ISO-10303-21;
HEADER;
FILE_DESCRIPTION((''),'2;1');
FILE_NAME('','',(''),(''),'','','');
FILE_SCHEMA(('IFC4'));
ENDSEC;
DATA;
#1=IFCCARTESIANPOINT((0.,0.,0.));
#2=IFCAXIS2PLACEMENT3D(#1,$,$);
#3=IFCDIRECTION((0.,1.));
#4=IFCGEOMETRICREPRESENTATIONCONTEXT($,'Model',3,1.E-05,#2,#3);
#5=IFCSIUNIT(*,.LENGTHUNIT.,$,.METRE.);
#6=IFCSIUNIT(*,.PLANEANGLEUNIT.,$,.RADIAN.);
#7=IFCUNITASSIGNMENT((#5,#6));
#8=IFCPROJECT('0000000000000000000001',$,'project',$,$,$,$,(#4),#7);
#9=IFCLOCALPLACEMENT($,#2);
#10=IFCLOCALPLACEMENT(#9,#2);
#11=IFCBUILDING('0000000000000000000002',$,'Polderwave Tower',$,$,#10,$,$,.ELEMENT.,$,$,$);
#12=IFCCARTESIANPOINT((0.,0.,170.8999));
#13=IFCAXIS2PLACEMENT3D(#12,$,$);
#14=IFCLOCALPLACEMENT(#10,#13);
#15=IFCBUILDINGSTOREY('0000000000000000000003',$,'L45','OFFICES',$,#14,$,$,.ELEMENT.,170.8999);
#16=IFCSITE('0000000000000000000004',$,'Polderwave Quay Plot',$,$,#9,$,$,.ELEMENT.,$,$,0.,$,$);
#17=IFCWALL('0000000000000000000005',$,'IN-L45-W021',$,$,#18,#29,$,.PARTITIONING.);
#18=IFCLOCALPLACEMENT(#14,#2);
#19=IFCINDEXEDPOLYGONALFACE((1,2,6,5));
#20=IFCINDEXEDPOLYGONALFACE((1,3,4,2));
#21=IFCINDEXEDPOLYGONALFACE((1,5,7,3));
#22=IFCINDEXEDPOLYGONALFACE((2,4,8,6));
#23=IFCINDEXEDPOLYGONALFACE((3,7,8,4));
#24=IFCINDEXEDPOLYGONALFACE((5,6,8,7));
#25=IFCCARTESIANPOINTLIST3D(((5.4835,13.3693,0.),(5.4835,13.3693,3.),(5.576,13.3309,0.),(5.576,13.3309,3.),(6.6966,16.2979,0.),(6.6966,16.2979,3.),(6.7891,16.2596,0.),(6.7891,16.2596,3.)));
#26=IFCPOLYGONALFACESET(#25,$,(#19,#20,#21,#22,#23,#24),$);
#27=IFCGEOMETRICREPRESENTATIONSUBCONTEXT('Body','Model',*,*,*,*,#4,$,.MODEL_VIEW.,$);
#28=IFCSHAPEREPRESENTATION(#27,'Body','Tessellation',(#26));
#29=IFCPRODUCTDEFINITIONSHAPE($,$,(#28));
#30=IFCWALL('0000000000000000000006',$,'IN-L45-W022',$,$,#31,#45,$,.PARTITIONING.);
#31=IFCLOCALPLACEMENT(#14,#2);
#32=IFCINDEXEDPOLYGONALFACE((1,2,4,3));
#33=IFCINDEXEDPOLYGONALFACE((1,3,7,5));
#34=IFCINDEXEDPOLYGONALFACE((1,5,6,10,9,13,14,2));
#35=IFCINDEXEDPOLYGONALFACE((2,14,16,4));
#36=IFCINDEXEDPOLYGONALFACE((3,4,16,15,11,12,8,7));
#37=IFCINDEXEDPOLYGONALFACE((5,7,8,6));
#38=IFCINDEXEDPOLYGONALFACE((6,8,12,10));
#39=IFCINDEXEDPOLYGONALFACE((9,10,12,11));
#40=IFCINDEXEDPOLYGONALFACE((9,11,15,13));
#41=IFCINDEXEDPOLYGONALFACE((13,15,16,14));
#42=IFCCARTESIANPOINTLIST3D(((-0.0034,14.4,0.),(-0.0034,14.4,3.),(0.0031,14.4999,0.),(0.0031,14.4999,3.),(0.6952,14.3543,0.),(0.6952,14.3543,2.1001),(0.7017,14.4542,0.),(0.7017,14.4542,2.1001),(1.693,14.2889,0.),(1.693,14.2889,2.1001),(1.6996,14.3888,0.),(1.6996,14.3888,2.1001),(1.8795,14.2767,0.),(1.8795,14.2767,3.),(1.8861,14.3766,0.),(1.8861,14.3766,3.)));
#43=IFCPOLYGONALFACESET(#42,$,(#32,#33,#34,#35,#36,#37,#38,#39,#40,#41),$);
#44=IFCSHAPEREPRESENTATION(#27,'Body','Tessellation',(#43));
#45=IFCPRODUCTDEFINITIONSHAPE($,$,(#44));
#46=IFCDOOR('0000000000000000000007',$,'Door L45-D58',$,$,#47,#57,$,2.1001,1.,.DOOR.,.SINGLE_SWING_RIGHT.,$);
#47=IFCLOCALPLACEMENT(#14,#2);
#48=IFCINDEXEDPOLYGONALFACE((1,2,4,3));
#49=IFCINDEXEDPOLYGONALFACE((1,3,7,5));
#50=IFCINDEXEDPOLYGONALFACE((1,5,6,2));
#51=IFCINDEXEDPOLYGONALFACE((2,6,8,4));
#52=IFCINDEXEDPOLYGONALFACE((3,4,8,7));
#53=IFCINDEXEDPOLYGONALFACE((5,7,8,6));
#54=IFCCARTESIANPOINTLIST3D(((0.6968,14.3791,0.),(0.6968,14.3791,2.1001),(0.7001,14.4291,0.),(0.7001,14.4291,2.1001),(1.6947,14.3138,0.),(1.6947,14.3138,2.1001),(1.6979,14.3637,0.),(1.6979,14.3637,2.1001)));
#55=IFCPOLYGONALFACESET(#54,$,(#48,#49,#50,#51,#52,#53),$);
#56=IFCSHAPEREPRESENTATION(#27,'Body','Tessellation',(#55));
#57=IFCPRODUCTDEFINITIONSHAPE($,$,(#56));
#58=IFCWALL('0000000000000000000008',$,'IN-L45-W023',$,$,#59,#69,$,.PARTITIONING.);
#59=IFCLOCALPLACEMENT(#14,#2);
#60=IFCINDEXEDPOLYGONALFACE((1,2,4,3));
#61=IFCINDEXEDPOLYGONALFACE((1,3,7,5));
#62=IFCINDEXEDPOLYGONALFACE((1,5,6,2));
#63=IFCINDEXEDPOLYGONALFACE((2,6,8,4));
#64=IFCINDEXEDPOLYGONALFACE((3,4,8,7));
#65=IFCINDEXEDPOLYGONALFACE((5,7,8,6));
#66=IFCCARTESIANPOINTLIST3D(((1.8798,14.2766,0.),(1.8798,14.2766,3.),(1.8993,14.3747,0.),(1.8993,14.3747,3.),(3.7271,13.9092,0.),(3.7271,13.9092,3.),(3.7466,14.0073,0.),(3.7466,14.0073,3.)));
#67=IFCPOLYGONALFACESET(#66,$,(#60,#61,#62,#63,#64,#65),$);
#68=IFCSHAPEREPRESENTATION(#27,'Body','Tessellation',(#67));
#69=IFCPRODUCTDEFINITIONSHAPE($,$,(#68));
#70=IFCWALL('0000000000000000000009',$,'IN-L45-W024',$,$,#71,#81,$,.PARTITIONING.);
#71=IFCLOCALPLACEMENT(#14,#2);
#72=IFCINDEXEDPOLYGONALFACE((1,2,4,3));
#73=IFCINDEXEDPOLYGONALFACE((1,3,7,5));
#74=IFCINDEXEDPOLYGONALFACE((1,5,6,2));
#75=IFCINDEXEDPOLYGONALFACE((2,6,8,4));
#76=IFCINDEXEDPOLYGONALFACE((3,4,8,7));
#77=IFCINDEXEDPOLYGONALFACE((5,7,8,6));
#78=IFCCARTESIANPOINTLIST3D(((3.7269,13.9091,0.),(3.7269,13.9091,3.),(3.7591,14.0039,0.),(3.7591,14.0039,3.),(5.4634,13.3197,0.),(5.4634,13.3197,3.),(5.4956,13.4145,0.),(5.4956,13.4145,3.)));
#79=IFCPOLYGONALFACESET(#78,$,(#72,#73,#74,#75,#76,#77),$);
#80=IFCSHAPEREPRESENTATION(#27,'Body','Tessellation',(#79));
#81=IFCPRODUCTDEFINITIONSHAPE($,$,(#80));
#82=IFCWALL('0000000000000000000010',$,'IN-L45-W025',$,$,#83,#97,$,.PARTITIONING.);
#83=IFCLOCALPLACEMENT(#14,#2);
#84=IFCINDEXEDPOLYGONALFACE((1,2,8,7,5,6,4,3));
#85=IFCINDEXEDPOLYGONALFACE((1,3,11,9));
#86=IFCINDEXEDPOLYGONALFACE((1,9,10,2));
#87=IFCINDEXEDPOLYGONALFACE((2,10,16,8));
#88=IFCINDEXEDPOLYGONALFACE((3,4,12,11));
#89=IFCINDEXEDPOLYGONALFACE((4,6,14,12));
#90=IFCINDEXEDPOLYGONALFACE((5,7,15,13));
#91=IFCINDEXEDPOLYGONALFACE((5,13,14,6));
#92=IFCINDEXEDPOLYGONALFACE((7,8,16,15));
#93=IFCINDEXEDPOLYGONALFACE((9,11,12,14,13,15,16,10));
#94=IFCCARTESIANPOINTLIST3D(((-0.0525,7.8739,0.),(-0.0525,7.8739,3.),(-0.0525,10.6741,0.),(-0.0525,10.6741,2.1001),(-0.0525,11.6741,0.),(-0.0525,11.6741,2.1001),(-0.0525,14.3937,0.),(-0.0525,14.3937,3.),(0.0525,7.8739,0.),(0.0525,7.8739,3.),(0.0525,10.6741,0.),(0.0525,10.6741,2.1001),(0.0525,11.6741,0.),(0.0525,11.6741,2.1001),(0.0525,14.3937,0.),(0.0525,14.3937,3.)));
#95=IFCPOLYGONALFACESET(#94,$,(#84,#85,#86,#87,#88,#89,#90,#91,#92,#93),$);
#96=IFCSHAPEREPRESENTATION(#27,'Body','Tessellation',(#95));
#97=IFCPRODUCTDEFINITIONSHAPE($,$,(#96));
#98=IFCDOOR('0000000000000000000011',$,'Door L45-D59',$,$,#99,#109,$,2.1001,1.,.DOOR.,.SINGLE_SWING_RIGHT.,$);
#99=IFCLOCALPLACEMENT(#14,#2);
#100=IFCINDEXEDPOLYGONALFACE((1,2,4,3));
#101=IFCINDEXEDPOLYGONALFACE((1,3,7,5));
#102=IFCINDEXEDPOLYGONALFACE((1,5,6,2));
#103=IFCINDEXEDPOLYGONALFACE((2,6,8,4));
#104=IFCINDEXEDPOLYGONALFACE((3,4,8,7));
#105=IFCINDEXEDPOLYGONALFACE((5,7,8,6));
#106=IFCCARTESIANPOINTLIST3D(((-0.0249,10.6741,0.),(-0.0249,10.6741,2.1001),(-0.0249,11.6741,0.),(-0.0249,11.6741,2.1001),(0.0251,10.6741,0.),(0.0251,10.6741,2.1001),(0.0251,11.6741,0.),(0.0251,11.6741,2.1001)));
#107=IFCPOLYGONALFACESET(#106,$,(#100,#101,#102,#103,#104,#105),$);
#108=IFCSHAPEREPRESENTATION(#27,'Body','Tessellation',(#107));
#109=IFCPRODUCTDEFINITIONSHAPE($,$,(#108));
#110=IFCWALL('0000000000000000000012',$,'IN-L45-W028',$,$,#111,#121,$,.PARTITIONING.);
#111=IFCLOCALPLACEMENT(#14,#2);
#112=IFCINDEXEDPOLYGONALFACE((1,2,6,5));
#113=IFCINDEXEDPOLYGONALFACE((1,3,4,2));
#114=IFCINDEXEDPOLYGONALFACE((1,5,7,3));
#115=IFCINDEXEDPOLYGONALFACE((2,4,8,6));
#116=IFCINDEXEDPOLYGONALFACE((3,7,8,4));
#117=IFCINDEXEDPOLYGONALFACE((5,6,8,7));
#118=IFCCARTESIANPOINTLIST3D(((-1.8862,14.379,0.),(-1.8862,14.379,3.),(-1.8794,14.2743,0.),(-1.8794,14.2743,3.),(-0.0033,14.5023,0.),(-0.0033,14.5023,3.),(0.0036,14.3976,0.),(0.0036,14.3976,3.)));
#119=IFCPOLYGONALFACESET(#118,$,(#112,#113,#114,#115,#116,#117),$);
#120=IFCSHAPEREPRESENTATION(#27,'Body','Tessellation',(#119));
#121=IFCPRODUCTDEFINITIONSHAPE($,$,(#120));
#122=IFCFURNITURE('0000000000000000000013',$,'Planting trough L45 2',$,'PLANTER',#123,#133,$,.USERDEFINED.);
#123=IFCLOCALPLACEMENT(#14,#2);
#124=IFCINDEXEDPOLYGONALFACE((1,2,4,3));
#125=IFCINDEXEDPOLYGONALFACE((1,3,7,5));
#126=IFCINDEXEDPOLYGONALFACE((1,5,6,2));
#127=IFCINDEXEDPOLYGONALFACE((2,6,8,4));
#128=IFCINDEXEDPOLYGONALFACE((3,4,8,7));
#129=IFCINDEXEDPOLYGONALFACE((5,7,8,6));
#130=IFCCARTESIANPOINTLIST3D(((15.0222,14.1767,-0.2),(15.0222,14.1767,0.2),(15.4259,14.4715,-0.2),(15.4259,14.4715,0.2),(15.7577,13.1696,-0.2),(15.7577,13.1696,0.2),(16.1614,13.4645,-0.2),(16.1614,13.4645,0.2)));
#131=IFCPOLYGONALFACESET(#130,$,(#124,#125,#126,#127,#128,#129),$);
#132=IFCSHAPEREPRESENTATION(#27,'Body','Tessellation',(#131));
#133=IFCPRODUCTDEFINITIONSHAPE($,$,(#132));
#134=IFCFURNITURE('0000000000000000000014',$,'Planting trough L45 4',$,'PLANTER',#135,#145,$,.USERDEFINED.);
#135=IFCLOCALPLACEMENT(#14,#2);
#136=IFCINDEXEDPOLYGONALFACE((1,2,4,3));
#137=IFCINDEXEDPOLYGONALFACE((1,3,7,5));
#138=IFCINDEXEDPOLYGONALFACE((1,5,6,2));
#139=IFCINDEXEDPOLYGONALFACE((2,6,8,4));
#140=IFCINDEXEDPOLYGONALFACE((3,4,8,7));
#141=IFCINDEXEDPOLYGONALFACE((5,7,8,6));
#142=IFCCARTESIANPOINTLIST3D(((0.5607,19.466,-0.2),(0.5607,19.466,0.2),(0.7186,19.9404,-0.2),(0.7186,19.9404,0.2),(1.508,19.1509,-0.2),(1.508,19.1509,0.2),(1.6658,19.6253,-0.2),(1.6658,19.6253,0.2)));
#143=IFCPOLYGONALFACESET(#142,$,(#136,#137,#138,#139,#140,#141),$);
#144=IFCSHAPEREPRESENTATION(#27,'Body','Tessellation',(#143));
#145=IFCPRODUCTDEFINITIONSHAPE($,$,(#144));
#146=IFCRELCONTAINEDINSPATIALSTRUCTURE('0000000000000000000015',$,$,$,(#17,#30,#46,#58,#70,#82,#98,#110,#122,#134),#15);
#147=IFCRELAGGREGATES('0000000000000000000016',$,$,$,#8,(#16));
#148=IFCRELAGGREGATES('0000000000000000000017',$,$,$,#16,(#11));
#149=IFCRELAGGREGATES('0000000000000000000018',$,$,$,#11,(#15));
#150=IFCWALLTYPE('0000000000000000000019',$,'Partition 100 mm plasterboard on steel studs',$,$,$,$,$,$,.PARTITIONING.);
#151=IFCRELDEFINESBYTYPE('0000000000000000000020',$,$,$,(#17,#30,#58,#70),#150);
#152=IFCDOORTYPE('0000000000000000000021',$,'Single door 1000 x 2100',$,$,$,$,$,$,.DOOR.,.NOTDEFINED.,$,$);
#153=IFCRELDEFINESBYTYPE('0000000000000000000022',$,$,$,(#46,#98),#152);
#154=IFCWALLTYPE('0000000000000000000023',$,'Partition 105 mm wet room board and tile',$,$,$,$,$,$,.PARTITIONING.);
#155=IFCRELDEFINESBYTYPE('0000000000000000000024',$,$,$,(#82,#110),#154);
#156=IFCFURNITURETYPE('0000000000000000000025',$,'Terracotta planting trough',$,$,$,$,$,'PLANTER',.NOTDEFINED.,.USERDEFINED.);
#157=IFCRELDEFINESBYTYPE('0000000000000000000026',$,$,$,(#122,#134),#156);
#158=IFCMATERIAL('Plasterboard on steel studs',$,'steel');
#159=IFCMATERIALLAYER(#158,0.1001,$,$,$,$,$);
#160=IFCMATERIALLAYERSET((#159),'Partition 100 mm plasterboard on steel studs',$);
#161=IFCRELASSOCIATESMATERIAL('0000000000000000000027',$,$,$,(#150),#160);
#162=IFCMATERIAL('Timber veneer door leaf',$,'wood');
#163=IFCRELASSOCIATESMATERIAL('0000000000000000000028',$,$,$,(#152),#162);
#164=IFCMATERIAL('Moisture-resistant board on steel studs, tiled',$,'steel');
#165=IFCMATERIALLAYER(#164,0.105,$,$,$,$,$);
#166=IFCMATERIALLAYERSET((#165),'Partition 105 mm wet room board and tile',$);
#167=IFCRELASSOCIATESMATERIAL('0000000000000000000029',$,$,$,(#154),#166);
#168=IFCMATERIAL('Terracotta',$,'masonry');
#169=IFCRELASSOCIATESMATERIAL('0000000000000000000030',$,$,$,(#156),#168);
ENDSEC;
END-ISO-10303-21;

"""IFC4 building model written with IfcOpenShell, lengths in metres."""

from ifc_helpers import new_model, si_unit, direction, frame, frame_2d, origin, origin_2d, place, context, subcontext, project, spatial, rectangle, extrude, material, layer, layer_set, type_object, element, fill, save


model = new_model("IFC4")

# Units and contexts
model_context = context("Model", 3, precision=1e-05, world=origin(), true_north=direction((0.0, 1.0)))
body_context = subcontext(model_context, "Body", "Model", "MODEL_VIEW")
ifc_project = project(units=[si_unit("LENGTHUNIT", "METRE"), si_unit("PLANEANGLEUNIT", "RADIAN")], contexts=[model_context])

# Site, building, storey
site_placement = place(None, origin())
site = spatial("IfcSite", under=ifc_project, at=site_placement, Name="Polderwave Quay Plot", CompositionType="ELEMENT", RefElevation=0.0)
building_placement = place(site_placement, origin())
building = spatial("IfcBuilding", under=site, at=building_placement, Name="Polderwave Tower", CompositionType="ELEMENT")
storey_placement = place(building_placement, frame((0.0, 0.0, 170.8999)))
storey = spatial("IfcBuildingStorey", under=building, at=storey_placement, Name="L45", Description="OFFICES", CompositionType="ELEMENT", Elevation=170.8999)

# Shared definitions
ifc_material_1 = material(Name="Plasterboard on steel studs", Category="steel")
ifc_layer_1 = layer(ifc_material_1, 0.1001)
ifc_layer_set_1 = layer_set([ifc_layer_1], Name="Partition 100 mm plasterboard on steel studs")
wall_type_1 = type_object("IfcWallType", Name="Partition 100 mm plasterboard on steel studs", PredefinedType="PARTITIONING", material=ifc_layer_set_1)
ifc_material_2 = material(Name="Timber veneer door leaf", Category="wood")
door_type = type_object("IfcDoorType", Name="Single door 1000 x 2100", OperationType="NOTDEFINED", PredefinedType="DOOR", material=ifc_material_2)

# Wall
wall_1_placement = place(storey_placement, frame((5.5298, 13.3501, 0.0), z_axis=(0.0, 0.0, 1.0), x_axis=(0.38269, 0.923877, 0.0)))
element("IfcWall", 1, at=wall_1_placement, inside=storey, type_object=wall_type_1, Name="IN-L45-W021", PredefinedType="PARTITIONING", context=body_context, shape_type="SweptSolid", body=[
    extrude(rectangle(XDim=3.1699, YDim=0.1001, at=frame_2d((1.585, 0.0))), origin(), (0.0, 0.0, 1.0), 3.0),
])

# Wall, opening, door
wall_2_placement = place(storey_placement, frame((0.0, 14.45, 0.0), z_axis=(0.0, 0.0, 1.0), x_axis=(0.997863, -0.065342, 0.0)))
wall_2 = element("IfcWall", 2, at=wall_2_placement, inside=storey, type_object=wall_type_1, Name="IN-L45-W022", PredefinedType="PARTITIONING", context=body_context, shape_type="SweptSolid", body=[
    extrude(rectangle(XDim=1.887, YDim=0.1001, at=frame_2d((0.9434, 0.0))), origin(), (0.0, 0.0, 1.0), 3.0),
])
opening_1_placement = place(wall_2_placement, frame((0.7, 0.0, 0.0)))
opening_1 = element("IfcOpeningElement", 3, at=opening_1_placement, cuts=wall_2, PredefinedType="OPENING", context=body_context, shape_type="SweptSolid", body=[
    extrude(rectangle(XDim=1.0, YDim=2.1001, at=frame_2d((0.5, 1.05))), frame((0.0, 0.0601, 0.0), z_axis=(0.0, -1.0, 0.0), x_axis=(1.0, 0.0, 0.0)), (0.0, 0.0, 1.0), 0.1201),
])
door_1_placement = place(opening_1_placement, origin())
door_1 = element("IfcDoor", 4, at=door_1_placement, inside=storey, type_object=door_type, Name="Door L45-D58", OperationType="SINGLE_SWING_RIGHT", OverallHeight=2.1001, OverallWidth=1.0, PredefinedType="DOOR", context=body_context, shape_type="SweptSolid", body=[
    extrude(rectangle(XDim=1.0, YDim=2.1001, at=frame_2d((0.5, 1.05))), frame((0.0, 0.0249, 0.0), z_axis=(0.0, -1.0, 0.0), x_axis=(1.0, 0.0, 0.0)), (0.0, 0.0, 1.0), 0.05),
])
fill(opening_1, door_1)

# Walls
wall_3_placement = place(storey_placement, frame((1.8894, 14.3257, 0.0), z_axis=(0.0, 0.0, 1.0), x_axis=(0.980789, -0.195069, 0.0)))
element("IfcWall", 5, at=wall_3_placement, inside=storey, type_object=wall_type_1, Name="IN-L45-W023", PredefinedType="PARTITIONING", context=body_context, shape_type="SweptSolid", body=[
    extrude(rectangle(XDim=1.8835, YDim=0.1001, at=frame_2d((0.9419, 0.0))), origin(), (0.0, 0.0, 1.0), 3.0),
])
wall_4_placement = place(storey_placement, frame((3.7429, 13.9565, 0.0), z_axis=(0.0, 0.0, 1.0), x_axis=(0.946938, -0.321416, 0.0)))
element("IfcWall", 6, at=wall_4_placement, inside=storey, type_object=wall_type_1, Name="IN-L45-W024", PredefinedType="PARTITIONING", context=body_context, shape_type="SweptSolid", body=[
    extrude(rectangle(XDim=1.8337, YDim=0.1001, at=frame_2d((0.917, 0.0))), origin(), (0.0, 0.0, 1.0), 3.0),
])

# Wall, opening, door
ifc_material_3 = material(Name="Moisture-resistant board on steel studs, tiled", Category="steel")
ifc_layer_2 = layer(ifc_material_3, 0.105)
ifc_layer_set_2 = layer_set([ifc_layer_2], Name="Partition 105 mm wet room board and tile")
wall_type_2 = type_object("IfcWallType", Name="Partition 105 mm wet room board and tile", PredefinedType="PARTITIONING", material=ifc_layer_set_2)
wall_5_placement = place(storey_placement, frame((0.0, 7.874, 0.0), z_axis=(0.0, 0.0, 1.0), x_axis=(0.0, 1.0, 0.0)))
wall_5 = element("IfcWall", 7, at=wall_5_placement, inside=storey, type_object=wall_type_2, Name="IN-L45-W025", PredefinedType="PARTITIONING", context=body_context, shape_type="SweptSolid", body=[
    extrude(rectangle(XDim=6.5198, YDim=0.105, at=frame_2d((3.2598, 0.0))), origin(), (0.0, 0.0, 1.0), 3.0),
])
opening_2_placement = place(wall_5_placement, frame((2.8, 0.0, 0.0)))
opening_2 = element("IfcOpeningElement", 8, at=opening_2_placement, cuts=wall_5, PredefinedType="OPENING", context=body_context, shape_type="SweptSolid", body=[
    extrude(rectangle(XDim=1.0, YDim=2.1001, at=frame_2d((0.5, 1.05))), frame((0.0, 0.0625, 0.0), z_axis=(0.0, -1.0, 0.0), x_axis=(1.0, 0.0, 0.0)), (0.0, 0.0, 1.0), 0.125),
])
door_2_placement = place(opening_2_placement, origin())
door_2 = element("IfcDoor", 9, at=door_2_placement, inside=storey, type_object=door_type, Name="Door L45-D59", OperationType="SINGLE_SWING_RIGHT", OverallHeight=2.1001, OverallWidth=1.0, PredefinedType="DOOR", context=body_context, shape_type="SweptSolid", body=[
    extrude(rectangle(XDim=1.0, YDim=2.1001, at=frame_2d((0.5, 1.05))), frame((0.0, 0.0249, 0.0), z_axis=(0.0, -1.0, 0.0), x_axis=(1.0, 0.0, 0.0)), (0.0, 0.0, 1.0), 0.05),
])
fill(opening_2, door_2)

# Wall
wall_6_placement = place(storey_placement, frame((0.0, 14.45, 0.0), z_axis=(0.0, 0.0, 1.0), x_axis=(-0.997863, -0.065342, 0.0)))
element("IfcWall", 10, at=wall_6_placement, inside=storey, type_object=wall_type_2, Name="IN-L45-W028", PredefinedType="PARTITIONING", context=body_context, shape_type="SweptSolid", body=[
    extrude(rectangle(XDim=1.887, YDim=0.105, at=frame_2d((0.9434, 0.0))), origin(), (0.0, 0.0, 1.0), 3.0),
])

# Furniture
ifc_material_4 = material(Name="Terracotta", Category="masonry")
furniture_type = type_object("IfcFurnitureType", Name="Terracotta planting trough", ElementType="PLANTER", AssemblyPlace="NOTDEFINED", PredefinedType="USERDEFINED", material=ifc_material_4)
furniture_1_placement = place(storey_placement, frame((15.5918, 13.8206, -0.2), z_axis=(0.0, 0.0, 1.0), x_axis=(-0.58978, 0.807564, 0.0)))
element("IfcFurniture", 11, at=furniture_1_placement, inside=storey, type_object=furniture_type, Name="Planting trough L45 2", ObjectType="PLANTER", PredefinedType="USERDEFINED", context=body_context, shape_type="SweptSolid", body=[
    extrude(rectangle(XDim=1.2471, YDim=0.5, at=origin_2d()), origin(), (0.0, 0.0, 1.0), 0.3999),
])
furniture_2_placement = place(storey_placement, frame((1.1133, 19.5457, -0.2), z_axis=(0.0, 0.0, 1.0), x_axis=(-0.948889, 0.315611, 0.0)))
element("IfcFurniture", 12, at=furniture_2_placement, inside=storey, type_object=furniture_type, Name="Planting trough L45 4", ObjectType="PLANTER", PredefinedType="USERDEFINED", context=body_context, shape_type="SweptSolid", body=[
    extrude(rectangle(XDim=0.9983, YDim=0.5, at=origin_2d()), origin(), (0.0, 0.0, 1.0), 0.3999),
])

save(model, "model.ifc")
